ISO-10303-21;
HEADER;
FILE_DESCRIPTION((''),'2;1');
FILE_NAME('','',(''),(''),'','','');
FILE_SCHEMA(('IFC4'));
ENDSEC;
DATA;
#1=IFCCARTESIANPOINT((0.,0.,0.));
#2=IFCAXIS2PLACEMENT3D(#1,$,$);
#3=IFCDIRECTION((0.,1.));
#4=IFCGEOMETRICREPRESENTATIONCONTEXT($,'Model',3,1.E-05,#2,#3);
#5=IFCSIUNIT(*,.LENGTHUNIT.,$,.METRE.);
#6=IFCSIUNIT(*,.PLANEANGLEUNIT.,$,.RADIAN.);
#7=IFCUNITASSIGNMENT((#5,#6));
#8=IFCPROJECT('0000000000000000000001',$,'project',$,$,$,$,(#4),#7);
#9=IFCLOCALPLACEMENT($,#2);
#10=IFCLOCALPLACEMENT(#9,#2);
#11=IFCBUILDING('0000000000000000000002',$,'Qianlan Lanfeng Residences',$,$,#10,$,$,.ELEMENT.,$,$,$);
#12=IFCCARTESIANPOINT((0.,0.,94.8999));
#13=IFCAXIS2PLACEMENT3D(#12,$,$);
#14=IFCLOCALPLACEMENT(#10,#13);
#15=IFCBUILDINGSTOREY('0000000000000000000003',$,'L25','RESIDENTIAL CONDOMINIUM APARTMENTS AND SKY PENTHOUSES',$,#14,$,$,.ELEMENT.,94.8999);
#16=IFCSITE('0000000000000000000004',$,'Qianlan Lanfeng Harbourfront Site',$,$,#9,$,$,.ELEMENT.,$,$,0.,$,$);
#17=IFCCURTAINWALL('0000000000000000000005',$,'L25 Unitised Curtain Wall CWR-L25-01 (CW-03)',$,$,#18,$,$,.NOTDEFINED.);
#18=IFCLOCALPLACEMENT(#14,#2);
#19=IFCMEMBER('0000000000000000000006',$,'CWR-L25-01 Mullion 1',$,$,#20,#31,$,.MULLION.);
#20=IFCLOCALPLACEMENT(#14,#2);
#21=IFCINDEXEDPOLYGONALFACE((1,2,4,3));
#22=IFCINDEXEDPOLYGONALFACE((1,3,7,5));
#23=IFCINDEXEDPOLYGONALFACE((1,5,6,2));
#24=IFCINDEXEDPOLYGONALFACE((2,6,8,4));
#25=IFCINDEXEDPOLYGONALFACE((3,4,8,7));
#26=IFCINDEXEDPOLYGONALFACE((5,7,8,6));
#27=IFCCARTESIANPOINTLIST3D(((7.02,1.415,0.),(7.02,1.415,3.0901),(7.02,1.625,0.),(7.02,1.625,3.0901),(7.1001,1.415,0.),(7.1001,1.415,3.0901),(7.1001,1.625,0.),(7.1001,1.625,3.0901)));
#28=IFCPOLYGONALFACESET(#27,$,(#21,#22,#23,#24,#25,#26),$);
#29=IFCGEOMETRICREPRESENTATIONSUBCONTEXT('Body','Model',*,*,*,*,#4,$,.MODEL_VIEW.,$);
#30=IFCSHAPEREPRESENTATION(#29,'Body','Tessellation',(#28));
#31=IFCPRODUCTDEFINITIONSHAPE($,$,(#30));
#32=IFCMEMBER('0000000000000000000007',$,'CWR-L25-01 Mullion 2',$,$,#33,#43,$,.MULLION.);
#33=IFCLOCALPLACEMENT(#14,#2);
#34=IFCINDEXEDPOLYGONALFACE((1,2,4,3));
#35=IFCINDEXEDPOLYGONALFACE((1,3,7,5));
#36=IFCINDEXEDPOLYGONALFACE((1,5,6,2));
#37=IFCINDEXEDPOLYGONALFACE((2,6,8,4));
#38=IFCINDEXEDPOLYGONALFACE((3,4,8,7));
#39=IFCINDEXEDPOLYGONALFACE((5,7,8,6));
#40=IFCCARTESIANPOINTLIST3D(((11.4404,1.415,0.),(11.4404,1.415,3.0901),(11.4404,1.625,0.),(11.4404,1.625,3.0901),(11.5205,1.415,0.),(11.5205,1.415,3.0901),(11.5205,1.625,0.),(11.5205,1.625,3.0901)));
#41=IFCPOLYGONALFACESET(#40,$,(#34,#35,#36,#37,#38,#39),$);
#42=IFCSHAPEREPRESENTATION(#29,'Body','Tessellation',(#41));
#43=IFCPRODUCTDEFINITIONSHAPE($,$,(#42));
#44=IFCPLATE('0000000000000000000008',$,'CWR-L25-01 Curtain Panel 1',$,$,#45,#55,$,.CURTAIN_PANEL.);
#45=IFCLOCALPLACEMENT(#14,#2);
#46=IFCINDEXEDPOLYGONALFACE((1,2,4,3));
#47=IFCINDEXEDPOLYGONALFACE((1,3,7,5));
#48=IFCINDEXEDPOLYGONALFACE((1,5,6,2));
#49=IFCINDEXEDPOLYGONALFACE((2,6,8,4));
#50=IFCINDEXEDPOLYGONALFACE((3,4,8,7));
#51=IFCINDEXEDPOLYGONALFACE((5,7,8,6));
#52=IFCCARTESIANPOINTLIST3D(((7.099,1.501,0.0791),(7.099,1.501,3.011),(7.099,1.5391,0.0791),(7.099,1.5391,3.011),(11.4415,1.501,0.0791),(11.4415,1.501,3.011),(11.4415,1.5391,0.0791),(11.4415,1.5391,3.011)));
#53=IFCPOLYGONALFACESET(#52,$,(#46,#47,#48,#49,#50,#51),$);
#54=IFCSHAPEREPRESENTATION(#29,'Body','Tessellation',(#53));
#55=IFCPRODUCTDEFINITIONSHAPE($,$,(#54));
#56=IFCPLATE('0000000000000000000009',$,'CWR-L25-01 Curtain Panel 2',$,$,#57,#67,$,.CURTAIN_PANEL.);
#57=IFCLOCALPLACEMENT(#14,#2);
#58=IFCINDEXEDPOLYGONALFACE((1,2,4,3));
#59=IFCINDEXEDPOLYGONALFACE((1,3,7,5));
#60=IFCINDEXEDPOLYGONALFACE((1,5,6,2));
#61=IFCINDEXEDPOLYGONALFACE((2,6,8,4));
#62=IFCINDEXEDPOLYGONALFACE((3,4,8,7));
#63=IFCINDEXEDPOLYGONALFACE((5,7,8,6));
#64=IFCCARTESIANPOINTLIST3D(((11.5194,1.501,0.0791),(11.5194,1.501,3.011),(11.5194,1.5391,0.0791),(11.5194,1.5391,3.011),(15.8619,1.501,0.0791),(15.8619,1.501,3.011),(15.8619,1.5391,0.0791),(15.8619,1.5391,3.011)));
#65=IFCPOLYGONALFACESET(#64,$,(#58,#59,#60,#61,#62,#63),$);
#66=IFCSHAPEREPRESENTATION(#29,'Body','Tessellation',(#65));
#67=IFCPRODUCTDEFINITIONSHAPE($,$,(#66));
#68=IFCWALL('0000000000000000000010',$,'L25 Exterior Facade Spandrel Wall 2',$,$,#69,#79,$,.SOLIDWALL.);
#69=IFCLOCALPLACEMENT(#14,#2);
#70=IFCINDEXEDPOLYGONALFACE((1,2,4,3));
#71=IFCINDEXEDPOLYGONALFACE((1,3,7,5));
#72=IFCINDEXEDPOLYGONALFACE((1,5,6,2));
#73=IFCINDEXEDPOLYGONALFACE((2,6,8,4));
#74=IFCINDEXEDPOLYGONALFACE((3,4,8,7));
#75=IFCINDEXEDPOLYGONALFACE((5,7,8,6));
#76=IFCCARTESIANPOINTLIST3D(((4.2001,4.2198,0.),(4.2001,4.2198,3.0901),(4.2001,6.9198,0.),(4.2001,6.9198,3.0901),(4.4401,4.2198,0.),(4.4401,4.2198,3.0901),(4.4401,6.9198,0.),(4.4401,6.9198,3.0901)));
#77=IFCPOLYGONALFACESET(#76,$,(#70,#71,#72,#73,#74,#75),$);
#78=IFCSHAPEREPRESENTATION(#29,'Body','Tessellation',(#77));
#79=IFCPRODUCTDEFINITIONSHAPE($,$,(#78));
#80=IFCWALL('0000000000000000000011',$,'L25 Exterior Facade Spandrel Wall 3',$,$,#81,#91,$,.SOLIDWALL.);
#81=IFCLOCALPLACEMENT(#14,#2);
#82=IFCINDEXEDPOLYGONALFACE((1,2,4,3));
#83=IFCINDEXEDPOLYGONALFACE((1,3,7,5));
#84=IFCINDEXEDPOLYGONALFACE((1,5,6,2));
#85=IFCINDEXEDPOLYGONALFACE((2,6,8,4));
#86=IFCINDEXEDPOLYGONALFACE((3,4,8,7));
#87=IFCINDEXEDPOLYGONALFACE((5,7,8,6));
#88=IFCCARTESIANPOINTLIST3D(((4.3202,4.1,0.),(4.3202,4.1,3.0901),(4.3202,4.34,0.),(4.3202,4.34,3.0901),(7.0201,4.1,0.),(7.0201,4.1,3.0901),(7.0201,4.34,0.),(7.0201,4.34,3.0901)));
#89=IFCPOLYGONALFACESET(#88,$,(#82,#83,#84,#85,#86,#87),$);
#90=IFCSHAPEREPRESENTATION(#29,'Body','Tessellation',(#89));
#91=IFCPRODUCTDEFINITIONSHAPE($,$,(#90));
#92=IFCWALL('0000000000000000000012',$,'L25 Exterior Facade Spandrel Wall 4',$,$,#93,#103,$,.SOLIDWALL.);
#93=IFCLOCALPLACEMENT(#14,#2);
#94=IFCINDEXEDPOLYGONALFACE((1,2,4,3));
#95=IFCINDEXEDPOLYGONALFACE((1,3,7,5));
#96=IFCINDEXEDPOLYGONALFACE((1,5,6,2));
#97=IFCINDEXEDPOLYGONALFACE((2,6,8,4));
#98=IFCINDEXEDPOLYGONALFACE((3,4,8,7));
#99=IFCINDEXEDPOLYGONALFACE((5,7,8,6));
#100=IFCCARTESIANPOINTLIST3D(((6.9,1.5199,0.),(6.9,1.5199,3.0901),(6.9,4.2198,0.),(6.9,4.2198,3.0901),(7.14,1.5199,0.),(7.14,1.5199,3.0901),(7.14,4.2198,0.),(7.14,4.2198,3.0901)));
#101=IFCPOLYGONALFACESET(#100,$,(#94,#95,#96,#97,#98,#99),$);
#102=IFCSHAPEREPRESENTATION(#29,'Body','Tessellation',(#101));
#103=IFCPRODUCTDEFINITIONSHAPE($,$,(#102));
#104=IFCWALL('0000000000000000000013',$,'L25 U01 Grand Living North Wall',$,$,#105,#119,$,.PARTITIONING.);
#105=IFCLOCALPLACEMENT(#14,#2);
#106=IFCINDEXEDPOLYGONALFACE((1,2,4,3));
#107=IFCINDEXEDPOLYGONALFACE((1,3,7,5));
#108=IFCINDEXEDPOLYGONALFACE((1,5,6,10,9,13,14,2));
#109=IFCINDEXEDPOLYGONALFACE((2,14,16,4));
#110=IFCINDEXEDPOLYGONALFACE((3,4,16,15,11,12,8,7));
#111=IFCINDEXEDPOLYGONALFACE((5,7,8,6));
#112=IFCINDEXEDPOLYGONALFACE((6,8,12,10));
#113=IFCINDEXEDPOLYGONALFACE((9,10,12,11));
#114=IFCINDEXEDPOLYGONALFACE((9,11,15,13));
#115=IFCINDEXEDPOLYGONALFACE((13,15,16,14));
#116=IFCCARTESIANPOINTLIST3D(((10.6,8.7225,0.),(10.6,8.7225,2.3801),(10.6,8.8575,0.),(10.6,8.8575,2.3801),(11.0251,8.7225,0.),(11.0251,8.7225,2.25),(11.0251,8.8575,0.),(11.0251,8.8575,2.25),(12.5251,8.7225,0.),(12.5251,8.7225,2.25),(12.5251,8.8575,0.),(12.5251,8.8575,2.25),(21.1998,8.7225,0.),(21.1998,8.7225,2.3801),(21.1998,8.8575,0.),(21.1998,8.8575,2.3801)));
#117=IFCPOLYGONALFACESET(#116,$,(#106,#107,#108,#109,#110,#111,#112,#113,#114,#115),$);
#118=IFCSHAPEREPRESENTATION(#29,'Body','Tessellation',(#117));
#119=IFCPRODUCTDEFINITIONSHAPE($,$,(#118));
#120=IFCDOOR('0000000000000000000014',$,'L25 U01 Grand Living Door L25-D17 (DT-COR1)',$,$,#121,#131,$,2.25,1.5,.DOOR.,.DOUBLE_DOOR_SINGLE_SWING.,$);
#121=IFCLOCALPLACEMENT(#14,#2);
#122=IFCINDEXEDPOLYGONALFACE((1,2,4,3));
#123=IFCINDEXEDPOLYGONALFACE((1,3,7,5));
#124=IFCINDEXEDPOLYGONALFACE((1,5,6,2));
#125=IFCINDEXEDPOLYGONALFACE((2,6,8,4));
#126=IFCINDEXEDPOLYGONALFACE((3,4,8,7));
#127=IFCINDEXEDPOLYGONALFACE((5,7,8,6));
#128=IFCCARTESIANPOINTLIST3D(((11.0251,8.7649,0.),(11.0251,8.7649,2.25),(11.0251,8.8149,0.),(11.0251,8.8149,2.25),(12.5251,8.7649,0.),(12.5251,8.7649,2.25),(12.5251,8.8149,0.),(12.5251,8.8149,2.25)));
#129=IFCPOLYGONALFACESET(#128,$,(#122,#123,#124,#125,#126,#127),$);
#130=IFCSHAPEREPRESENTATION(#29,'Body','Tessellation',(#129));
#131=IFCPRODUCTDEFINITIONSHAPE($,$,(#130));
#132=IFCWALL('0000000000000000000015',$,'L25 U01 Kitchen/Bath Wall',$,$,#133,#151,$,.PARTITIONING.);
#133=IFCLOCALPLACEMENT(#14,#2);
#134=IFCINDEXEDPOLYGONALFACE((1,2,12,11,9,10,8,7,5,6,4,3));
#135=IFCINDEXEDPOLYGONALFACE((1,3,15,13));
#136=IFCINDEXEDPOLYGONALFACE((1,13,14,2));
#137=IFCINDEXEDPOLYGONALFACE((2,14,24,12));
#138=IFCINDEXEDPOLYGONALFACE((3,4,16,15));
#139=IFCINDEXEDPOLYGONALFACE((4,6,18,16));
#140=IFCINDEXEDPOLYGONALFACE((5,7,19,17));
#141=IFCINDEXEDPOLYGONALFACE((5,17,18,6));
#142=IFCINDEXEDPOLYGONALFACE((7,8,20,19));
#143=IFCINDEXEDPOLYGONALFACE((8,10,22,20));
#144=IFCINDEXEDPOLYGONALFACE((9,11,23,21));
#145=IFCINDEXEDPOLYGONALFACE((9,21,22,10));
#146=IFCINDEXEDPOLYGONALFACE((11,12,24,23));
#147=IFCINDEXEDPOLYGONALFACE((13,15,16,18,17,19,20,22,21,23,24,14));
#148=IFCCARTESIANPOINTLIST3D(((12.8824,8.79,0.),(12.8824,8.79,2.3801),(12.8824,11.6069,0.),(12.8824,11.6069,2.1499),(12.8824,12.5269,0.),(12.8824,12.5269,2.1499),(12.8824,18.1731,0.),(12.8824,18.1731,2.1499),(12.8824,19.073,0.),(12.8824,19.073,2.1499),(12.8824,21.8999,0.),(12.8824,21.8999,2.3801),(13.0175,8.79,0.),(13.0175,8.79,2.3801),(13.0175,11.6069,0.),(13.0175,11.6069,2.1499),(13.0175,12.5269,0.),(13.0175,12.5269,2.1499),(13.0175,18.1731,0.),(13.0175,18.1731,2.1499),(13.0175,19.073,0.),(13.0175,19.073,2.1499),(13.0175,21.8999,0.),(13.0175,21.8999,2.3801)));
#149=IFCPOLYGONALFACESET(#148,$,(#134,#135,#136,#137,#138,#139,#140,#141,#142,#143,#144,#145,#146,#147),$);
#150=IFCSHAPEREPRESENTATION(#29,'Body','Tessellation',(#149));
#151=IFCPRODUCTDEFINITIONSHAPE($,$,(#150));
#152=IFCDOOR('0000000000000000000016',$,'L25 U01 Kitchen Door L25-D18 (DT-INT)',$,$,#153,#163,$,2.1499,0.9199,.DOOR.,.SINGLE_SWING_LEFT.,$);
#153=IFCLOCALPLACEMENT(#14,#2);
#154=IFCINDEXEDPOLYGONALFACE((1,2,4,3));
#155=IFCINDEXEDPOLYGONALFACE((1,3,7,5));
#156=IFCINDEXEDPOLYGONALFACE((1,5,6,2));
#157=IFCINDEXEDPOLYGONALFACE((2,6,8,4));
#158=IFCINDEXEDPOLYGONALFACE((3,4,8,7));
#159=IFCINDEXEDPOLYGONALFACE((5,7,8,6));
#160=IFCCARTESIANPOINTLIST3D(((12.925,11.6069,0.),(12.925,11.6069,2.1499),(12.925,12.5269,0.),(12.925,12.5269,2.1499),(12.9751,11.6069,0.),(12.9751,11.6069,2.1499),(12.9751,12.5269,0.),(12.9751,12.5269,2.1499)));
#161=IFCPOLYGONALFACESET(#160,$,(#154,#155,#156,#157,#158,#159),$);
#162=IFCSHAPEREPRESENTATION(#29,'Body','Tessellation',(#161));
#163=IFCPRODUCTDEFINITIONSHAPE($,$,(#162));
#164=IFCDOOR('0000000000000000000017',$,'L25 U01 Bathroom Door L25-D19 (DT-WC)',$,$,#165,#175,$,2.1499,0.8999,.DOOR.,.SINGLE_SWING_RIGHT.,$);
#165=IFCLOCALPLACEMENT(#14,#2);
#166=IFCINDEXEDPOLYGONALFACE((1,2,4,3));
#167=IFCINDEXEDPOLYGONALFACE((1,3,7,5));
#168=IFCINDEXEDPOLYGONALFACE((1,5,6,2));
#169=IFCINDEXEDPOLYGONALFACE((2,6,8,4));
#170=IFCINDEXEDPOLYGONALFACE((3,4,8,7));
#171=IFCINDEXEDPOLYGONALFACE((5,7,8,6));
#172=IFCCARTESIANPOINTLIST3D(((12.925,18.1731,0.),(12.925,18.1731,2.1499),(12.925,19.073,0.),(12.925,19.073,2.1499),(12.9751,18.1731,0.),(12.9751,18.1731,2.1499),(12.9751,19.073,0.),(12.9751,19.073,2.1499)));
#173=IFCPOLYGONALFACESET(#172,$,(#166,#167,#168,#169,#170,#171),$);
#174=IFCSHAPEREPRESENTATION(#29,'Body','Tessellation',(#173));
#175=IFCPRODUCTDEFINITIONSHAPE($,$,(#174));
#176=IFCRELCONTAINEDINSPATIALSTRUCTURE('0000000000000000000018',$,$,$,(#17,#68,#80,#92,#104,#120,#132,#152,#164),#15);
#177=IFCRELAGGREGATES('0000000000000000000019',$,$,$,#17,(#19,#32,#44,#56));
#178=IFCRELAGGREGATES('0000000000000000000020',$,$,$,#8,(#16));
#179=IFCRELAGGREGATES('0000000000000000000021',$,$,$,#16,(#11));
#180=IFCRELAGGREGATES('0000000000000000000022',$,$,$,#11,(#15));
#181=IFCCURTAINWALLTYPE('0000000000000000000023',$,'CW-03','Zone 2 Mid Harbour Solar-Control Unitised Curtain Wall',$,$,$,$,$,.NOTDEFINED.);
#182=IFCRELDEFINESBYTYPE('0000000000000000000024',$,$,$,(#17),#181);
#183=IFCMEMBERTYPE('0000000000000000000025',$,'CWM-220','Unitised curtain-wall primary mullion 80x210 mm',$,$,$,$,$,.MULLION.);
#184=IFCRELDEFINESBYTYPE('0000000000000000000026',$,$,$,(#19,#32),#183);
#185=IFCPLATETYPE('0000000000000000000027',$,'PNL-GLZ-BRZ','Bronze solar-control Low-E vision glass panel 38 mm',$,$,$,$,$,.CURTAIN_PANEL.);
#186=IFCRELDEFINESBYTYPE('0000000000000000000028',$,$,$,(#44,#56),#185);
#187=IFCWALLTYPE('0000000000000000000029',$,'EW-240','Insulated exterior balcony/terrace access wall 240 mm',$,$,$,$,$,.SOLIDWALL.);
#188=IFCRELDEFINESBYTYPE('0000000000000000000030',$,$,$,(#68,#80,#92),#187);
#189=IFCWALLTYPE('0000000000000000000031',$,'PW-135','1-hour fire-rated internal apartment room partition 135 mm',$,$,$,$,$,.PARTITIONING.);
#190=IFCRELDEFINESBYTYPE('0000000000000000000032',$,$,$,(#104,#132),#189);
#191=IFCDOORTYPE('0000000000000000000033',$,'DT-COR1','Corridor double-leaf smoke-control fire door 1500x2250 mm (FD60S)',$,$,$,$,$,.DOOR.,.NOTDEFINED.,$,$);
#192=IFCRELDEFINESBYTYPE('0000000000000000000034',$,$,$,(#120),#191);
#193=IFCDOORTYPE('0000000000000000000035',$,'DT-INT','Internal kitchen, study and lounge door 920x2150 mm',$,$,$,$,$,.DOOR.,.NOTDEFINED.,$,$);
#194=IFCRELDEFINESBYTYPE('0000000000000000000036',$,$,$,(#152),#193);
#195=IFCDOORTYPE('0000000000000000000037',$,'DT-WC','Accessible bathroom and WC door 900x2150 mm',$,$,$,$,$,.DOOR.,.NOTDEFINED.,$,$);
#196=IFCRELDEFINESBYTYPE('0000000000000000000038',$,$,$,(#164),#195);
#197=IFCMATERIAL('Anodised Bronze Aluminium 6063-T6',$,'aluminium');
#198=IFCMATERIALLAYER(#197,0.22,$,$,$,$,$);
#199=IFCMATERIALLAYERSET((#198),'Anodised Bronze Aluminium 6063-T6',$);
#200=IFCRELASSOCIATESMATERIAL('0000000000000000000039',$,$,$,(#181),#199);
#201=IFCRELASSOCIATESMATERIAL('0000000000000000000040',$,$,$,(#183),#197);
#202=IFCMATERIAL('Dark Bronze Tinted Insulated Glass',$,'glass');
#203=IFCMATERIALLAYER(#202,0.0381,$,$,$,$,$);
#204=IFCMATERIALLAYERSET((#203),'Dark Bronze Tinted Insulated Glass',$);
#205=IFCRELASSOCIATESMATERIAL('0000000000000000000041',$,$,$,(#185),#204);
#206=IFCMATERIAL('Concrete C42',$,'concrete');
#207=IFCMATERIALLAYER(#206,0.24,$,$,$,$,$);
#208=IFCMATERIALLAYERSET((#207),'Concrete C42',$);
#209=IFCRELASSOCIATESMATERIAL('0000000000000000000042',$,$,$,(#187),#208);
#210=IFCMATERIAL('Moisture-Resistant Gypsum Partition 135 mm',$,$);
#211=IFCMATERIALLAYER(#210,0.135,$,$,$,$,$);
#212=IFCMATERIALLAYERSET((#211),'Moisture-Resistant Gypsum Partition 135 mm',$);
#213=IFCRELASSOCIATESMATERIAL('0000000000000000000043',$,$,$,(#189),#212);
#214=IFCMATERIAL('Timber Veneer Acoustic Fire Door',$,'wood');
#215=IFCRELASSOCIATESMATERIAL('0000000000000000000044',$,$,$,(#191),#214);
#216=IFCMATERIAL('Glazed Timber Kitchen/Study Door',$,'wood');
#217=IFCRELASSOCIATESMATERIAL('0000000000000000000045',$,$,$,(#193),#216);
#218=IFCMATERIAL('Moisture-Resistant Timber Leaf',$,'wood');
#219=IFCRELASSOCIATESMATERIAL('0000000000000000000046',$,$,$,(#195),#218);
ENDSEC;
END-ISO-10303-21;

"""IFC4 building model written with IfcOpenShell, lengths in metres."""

from ifc_helpers import new_model, si_unit, direction, frame, frame_2d, origin, origin_2d, place, context, subcontext, project, spatial, rectangle, extrude, source, transform, mapped, material, layer, layer_set, material_profile, profile_set, type_object, element, fill, aggregate, save


model = new_model("IFC4")

# Units and contexts
model_context = context("Model", 3, precision=1e-05, world=origin(), true_north=direction((0.0, 1.0)))
body_context = subcontext(model_context, "Body", "Model", "MODEL_VIEW")
ifc_project = project(units=[si_unit("LENGTHUNIT", "METRE"), si_unit("PLANEANGLEUNIT", "RADIAN")], contexts=[model_context])

# Site, building, storey
site_placement = place(None, origin())
site = spatial("IfcSite", under=ifc_project, at=site_placement, Name="Qianlan Lanfeng Harbourfront Site", CompositionType="ELEMENT", RefElevation=0.0)
building_placement = place(site_placement, origin())
building = spatial("IfcBuilding", under=site, at=building_placement, Name="Qianlan Lanfeng Residences", CompositionType="ELEMENT")
storey_placement = place(building_placement, frame((0.0, 0.0, 94.8999)))
storey = spatial("IfcBuildingStorey", under=building, at=storey_placement, Name="L25", Description="RESIDENTIAL CONDOMINIUM APARTMENTS AND SKY PENTHOUSES", CompositionType="ELEMENT", Elevation=94.8999)

# Curtain wall, members, plates
ifc_material_1 = material(Name="Anodised Bronze Aluminium 6063-T6", Category="aluminium")
ifc_layer_1 = layer(ifc_material_1, 0.22)
ifc_layer_set_1 = layer_set([ifc_layer_1], Name="Anodised Bronze Aluminium 6063-T6")
curtain_wall_type = type_object("IfcCurtainWallType", Name="CW-03", Description="Zone 2 Mid Harbour Solar-Control Unitised Curtain Wall", PredefinedType="NOTDEFINED", material=ifc_layer_set_1)
curtain_wall_placement = place(storey_placement, origin())
curtain_wall = element("IfcCurtainWall", 1, at=curtain_wall_placement, inside=storey, type_object=curtain_wall_type, Name="L25 Unitised Curtain Wall CWR-L25-01 (CW-03)", PredefinedType="NOTDEFINED")
ifc_material_profile_1 = material_profile(ifc_material_1, rectangle(XDim=0.0801, YDim=0.21, at=origin_2d()), Name="ALU MULLION 80x210")
ifc_profile_set_1 = profile_set([ifc_material_profile_1], Name="Anodised Bronze Aluminium 6063-T6")
member_type_1 = type_object("IfcMemberType", Name="CWM-220", Description="Unitised curtain-wall primary mullion 80x210 mm", PredefinedType="MULLION", material=ifc_profile_set_1)
shared_shape_1 = source(origin(), body_context, "Body", "SweptSolid", [
    extrude(rectangle(XDim=0.0801, YDim=0.21, at=origin_2d()), origin(), (0.0, 0.0, 1.0), 3.0901),
])
member_1_placement = place(storey_placement, frame((7.0601, 1.52, 0.0), z_axis=(0.0, 0.0, 1.0), x_axis=(1.0, 0.0, 0.0)))
member_1 = element("IfcMember", 2, at=member_1_placement, type_object=member_type_1, Name="CWR-L25-01 Mullion 1", PredefinedType="MULLION", context=body_context, shape_type="MappedRepresentation", body=[
    mapped(shared_shape_1, transform((0.0, 0.0, 0.0), scale=1.0)),
])
member_2_placement = place(storey_placement, frame((11.4805, 1.52, 0.0), z_axis=(0.0, 0.0, 1.0), x_axis=(1.0, 0.0, 0.0)))
member_2 = element("IfcMember", 3, at=member_2_placement, type_object=member_type_1, Name="CWR-L25-01 Mullion 2", PredefinedType="MULLION", context=body_context, shape_type="MappedRepresentation", body=[
    mapped(shared_shape_1, transform((0.0, 0.0, 0.0), scale=1.0)),
])
ifc_material_2 = material(Name="Dark Bronze Tinted Insulated Glass", Category="glass")
ifc_layer_2 = layer(ifc_material_2, 0.0381)
ifc_layer_set_2 = layer_set([ifc_layer_2], Name="Dark Bronze Tinted Insulated Glass")
plate_type = type_object("IfcPlateType", Name="PNL-GLZ-BRZ", Description="Bronze solar-control Low-E vision glass panel 38 mm", PredefinedType="CURTAIN_PANEL", material=ifc_layer_set_2)
shared_shape_2 = source(origin(), body_context, "Body", "SweptSolid", [
    extrude(rectangle(XDim=4.3425, YDim=0.0381, at=origin_2d()), origin(), (0.0, 0.0, 1.0), 2.9319),
])
plate_1_placement = place(storey_placement, frame((9.2703, 1.52, 0.0791), z_axis=(0.0, 0.0, 1.0), x_axis=(1.0, 0.0, 0.0)))
plate_1 = element("IfcPlate", 4, at=plate_1_placement, type_object=plate_type, Name="CWR-L25-01 Curtain Panel 1", PredefinedType="CURTAIN_PANEL", context=body_context, shape_type="MappedRepresentation", body=[
    mapped(shared_shape_2, transform((0.0, 0.0, 0.0), scale=1.0)),
])
plate_2_placement = place(storey_placement, frame((13.6907, 1.52, 0.0791), z_axis=(0.0, 0.0, 1.0), x_axis=(1.0, 0.0, 0.0)))
plate_2 = element("IfcPlate", 5, at=plate_2_placement, type_object=plate_type, Name="CWR-L25-01 Curtain Panel 2", PredefinedType="CURTAIN_PANEL", context=body_context, shape_type="MappedRepresentation", body=[
    mapped(shared_shape_2, transform((0.0, 0.0, 0.0), scale=1.0)),
])
aggregate(curtain_wall, [member_1, member_2, plate_1, plate_2])

# Walls
ifc_material_3 = material(Name="Concrete C42", Category="concrete")
ifc_layer_3 = layer(ifc_material_3, 0.24)
ifc_layer_set_3 = layer_set([ifc_layer_3], Name="Concrete C42")
wall_type_1 = type_object("IfcWallType", Name="EW-240", Description="Insulated exterior balcony/terrace access wall 240 mm", PredefinedType="SOLIDWALL", material=ifc_layer_set_3)
for number, where, z_axis, x_axis, name in (
    (6, (4.3201, 6.9199, 0.0), (0.0, 0.0, 1.0), (0.0, -1.0, 0.0), "L25 Exterior Facade Spandrel Wall 2"),
    (7, (4.3201, 4.22, 0.0), (0.0, 0.0, 1.0), (1.0, 0.0, 0.0), "L25 Exterior Facade Spandrel Wall 3"),
    (8, (7.02, 4.22, 0.0), (0.0, 0.0, 1.0), (0.0, -1.0, 0.0), "L25 Exterior Facade Spandrel Wall 4"),
):
    element("IfcWall", number, at=place(storey_placement, frame(where, z_axis=z_axis, x_axis=x_axis)), inside=storey, type_object=wall_type_1, Name=name, PredefinedType="SOLIDWALL", context=body_context, shape_type="SweptSolid", body=[
        extrude(rectangle(XDim=2.7, YDim=0.24, at=frame_2d((1.3501, 0.0))), origin(), (0.0, 0.0, 1.0), 3.0901),
    ])

# Wall, opening, door
ifc_material_4 = material(Name="Moisture-Resistant Gypsum Partition 135 mm")
ifc_layer_4 = layer(ifc_material_4, 0.135)
ifc_layer_set_4 = layer_set([ifc_layer_4], Name="Moisture-Resistant Gypsum Partition 135 mm")
wall_type_2 = type_object("IfcWallType", Name="PW-135", Description="1-hour fire-rated internal apartment room partition 135 mm", PredefinedType="PARTITIONING", material=ifc_layer_set_4)
wall_1_placement = place(storey_placement, frame((10.6001, 8.79, 0.0), z_axis=(0.0, 0.0, 1.0), x_axis=(1.0, 0.0, 0.0)))
wall_1 = element("IfcWall", 9, at=wall_1_placement, inside=storey, type_object=wall_type_2, Name="L25 U01 Grand Living North Wall", PredefinedType="PARTITIONING", context=body_context, shape_type="SweptSolid", body=[
    extrude(rectangle(XDim=10.5999, YDim=0.135, at=frame_2d((5.2998, 0.0))), origin(), (0.0, 0.0, 1.0), 2.3801),
])
opening_1_placement = place(wall_1_placement, frame((0.425, 0.0, 0.0)))
opening_1 = element("IfcOpeningElement", 10, at=opening_1_placement, cuts=wall_1, PredefinedType="OPENING", context=body_context, shape_type="SweptSolid", body=[
    extrude(rectangle(XDim=1.5, YDim=2.25, at=frame_2d((0.75, 1.125))), frame((0.0, 0.0776, 0.0), z_axis=(0.0, -1.0, 0.0), x_axis=(1.0, 0.0, 0.0)), (0.0, 0.0, 1.0), 0.155),
])
ifc_material_5 = material(Name="Timber Veneer Acoustic Fire Door", Category="wood")
door_type_1 = type_object("IfcDoorType", Name="DT-COR1", Description="Corridor double-leaf smoke-control fire door 1500x2250 mm (FD60S)", OperationType="NOTDEFINED", PredefinedType="DOOR", material=ifc_material_5)
door_1_placement = place(opening_1_placement, origin())
door_1 = element("IfcDoor", 11, at=door_1_placement, inside=storey, type_object=door_type_1, Name="L25 U01 Grand Living Door L25-D17 (DT-COR1)", OperationType="DOUBLE_DOOR_SINGLE_SWING", OverallHeight=2.25, OverallWidth=1.5, PredefinedType="DOOR", context=body_context, shape_type="SweptSolid", body=[
    extrude(rectangle(XDim=1.5, YDim=2.25, at=frame_2d((0.75, 1.125))), frame((0.0, 0.0249, 0.0), z_axis=(0.0, -1.0, 0.0), x_axis=(1.0, 0.0, 0.0)), (0.0, 0.0, 1.0), 0.05),
])
fill(opening_1, door_1)

# Wall, openings, doors
wall_2_placement = place(storey_placement, frame((12.95, 8.79, 0.0), z_axis=(0.0, 0.0, 1.0), x_axis=(0.0, 1.0, 0.0)))
wall_2 = element("IfcWall", 12, at=wall_2_placement, inside=storey, type_object=wall_type_2, Name="L25 U01 Kitchen/Bath Wall", PredefinedType="PARTITIONING", context=body_context, shape_type="SweptSolid", body=[
    extrude(rectangle(XDim=13.1099, YDim=0.135, at=frame_2d((6.5549, 0.0))), origin(), (0.0, 0.0, 1.0), 2.3801),
])
opening_2_placement = place(wall_2_placement, frame((2.8169, 0.0, 0.0)))
opening_2 = element("IfcOpeningElement", 13, at=opening_2_placement, cuts=wall_2, PredefinedType="OPENING", context=body_context, shape_type="SweptSolid", body=[
    extrude(rectangle(XDim=0.9199, YDim=2.1499, at=frame_2d((0.46, 1.075))), frame((0.0, 0.0776, 0.0), z_axis=(0.0, -1.0, 0.0), x_axis=(1.0, 0.0, 0.0)), (0.0, 0.0, 1.0), 0.155),
])
opening_3_placement = place(wall_2_placement, frame((9.3831, 0.0, 0.0)))
opening_3 = element("IfcOpeningElement", 14, at=opening_3_placement, cuts=wall_2, PredefinedType="OPENING", context=body_context, shape_type="SweptSolid", body=[
    extrude(rectangle(XDim=0.8999, YDim=2.1499, at=frame_2d((0.45, 1.075))), frame((0.0, 0.0776, 0.0), z_axis=(0.0, -1.0, 0.0), x_axis=(1.0, 0.0, 0.0)), (0.0, 0.0, 1.0), 0.155),
])
ifc_material_6 = material(Name="Glazed Timber Kitchen/Study Door", Category="wood")
door_type_2 = type_object("IfcDoorType", Name="DT-INT", Description="Internal kitchen, study and lounge door 920x2150 mm", OperationType="NOTDEFINED", PredefinedType="DOOR", material=ifc_material_6)
door_2_placement = place(opening_2_placement, origin())
door_2 = element("IfcDoor", 15, at=door_2_placement, inside=storey, type_object=door_type_2, Name="L25 U01 Kitchen Door L25-D18 (DT-INT)", OperationType="SINGLE_SWING_LEFT", OverallHeight=2.1499, OverallWidth=0.9199, PredefinedType="DOOR", context=body_context, shape_type="SweptSolid", body=[
    extrude(rectangle(XDim=0.9199, YDim=2.1499, at=frame_2d((0.46, 1.075))), frame((0.0, 0.0249, 0.0), z_axis=(0.0, -1.0, 0.0), x_axis=(1.0, 0.0, 0.0)), (0.0, 0.0, 1.0), 0.05),
])
fill(opening_2, door_2)
ifc_material_7 = material(Name="Moisture-Resistant Timber Leaf", Category="wood")
door_type_3 = type_object("IfcDoorType", Name="DT-WC", Description="Accessible bathroom and WC door 900x2150 mm", OperationType="NOTDEFINED", PredefinedType="DOOR", material=ifc_material_7)
door_3_placement = place(opening_3_placement, origin())
door_3 = element("IfcDoor", 16, at=door_3_placement, inside=storey, type_object=door_type_3, Name="L25 U01 Bathroom Door L25-D19 (DT-WC)", OperationType="SINGLE_SWING_RIGHT", OverallHeight=2.1499, OverallWidth=0.8999, PredefinedType="DOOR", context=body_context, shape_type="SweptSolid", body=[
    extrude(rectangle(XDim=0.8999, YDim=2.1499, at=frame_2d((0.45, 1.075))), frame((0.0, 0.0249, 0.0), z_axis=(0.0, -1.0, 0.0), x_axis=(1.0, 0.0, 0.0)), (0.0, 0.0, 1.0), 0.05),
])
fill(opening_3, door_3)

save(model, "model.ifc")
